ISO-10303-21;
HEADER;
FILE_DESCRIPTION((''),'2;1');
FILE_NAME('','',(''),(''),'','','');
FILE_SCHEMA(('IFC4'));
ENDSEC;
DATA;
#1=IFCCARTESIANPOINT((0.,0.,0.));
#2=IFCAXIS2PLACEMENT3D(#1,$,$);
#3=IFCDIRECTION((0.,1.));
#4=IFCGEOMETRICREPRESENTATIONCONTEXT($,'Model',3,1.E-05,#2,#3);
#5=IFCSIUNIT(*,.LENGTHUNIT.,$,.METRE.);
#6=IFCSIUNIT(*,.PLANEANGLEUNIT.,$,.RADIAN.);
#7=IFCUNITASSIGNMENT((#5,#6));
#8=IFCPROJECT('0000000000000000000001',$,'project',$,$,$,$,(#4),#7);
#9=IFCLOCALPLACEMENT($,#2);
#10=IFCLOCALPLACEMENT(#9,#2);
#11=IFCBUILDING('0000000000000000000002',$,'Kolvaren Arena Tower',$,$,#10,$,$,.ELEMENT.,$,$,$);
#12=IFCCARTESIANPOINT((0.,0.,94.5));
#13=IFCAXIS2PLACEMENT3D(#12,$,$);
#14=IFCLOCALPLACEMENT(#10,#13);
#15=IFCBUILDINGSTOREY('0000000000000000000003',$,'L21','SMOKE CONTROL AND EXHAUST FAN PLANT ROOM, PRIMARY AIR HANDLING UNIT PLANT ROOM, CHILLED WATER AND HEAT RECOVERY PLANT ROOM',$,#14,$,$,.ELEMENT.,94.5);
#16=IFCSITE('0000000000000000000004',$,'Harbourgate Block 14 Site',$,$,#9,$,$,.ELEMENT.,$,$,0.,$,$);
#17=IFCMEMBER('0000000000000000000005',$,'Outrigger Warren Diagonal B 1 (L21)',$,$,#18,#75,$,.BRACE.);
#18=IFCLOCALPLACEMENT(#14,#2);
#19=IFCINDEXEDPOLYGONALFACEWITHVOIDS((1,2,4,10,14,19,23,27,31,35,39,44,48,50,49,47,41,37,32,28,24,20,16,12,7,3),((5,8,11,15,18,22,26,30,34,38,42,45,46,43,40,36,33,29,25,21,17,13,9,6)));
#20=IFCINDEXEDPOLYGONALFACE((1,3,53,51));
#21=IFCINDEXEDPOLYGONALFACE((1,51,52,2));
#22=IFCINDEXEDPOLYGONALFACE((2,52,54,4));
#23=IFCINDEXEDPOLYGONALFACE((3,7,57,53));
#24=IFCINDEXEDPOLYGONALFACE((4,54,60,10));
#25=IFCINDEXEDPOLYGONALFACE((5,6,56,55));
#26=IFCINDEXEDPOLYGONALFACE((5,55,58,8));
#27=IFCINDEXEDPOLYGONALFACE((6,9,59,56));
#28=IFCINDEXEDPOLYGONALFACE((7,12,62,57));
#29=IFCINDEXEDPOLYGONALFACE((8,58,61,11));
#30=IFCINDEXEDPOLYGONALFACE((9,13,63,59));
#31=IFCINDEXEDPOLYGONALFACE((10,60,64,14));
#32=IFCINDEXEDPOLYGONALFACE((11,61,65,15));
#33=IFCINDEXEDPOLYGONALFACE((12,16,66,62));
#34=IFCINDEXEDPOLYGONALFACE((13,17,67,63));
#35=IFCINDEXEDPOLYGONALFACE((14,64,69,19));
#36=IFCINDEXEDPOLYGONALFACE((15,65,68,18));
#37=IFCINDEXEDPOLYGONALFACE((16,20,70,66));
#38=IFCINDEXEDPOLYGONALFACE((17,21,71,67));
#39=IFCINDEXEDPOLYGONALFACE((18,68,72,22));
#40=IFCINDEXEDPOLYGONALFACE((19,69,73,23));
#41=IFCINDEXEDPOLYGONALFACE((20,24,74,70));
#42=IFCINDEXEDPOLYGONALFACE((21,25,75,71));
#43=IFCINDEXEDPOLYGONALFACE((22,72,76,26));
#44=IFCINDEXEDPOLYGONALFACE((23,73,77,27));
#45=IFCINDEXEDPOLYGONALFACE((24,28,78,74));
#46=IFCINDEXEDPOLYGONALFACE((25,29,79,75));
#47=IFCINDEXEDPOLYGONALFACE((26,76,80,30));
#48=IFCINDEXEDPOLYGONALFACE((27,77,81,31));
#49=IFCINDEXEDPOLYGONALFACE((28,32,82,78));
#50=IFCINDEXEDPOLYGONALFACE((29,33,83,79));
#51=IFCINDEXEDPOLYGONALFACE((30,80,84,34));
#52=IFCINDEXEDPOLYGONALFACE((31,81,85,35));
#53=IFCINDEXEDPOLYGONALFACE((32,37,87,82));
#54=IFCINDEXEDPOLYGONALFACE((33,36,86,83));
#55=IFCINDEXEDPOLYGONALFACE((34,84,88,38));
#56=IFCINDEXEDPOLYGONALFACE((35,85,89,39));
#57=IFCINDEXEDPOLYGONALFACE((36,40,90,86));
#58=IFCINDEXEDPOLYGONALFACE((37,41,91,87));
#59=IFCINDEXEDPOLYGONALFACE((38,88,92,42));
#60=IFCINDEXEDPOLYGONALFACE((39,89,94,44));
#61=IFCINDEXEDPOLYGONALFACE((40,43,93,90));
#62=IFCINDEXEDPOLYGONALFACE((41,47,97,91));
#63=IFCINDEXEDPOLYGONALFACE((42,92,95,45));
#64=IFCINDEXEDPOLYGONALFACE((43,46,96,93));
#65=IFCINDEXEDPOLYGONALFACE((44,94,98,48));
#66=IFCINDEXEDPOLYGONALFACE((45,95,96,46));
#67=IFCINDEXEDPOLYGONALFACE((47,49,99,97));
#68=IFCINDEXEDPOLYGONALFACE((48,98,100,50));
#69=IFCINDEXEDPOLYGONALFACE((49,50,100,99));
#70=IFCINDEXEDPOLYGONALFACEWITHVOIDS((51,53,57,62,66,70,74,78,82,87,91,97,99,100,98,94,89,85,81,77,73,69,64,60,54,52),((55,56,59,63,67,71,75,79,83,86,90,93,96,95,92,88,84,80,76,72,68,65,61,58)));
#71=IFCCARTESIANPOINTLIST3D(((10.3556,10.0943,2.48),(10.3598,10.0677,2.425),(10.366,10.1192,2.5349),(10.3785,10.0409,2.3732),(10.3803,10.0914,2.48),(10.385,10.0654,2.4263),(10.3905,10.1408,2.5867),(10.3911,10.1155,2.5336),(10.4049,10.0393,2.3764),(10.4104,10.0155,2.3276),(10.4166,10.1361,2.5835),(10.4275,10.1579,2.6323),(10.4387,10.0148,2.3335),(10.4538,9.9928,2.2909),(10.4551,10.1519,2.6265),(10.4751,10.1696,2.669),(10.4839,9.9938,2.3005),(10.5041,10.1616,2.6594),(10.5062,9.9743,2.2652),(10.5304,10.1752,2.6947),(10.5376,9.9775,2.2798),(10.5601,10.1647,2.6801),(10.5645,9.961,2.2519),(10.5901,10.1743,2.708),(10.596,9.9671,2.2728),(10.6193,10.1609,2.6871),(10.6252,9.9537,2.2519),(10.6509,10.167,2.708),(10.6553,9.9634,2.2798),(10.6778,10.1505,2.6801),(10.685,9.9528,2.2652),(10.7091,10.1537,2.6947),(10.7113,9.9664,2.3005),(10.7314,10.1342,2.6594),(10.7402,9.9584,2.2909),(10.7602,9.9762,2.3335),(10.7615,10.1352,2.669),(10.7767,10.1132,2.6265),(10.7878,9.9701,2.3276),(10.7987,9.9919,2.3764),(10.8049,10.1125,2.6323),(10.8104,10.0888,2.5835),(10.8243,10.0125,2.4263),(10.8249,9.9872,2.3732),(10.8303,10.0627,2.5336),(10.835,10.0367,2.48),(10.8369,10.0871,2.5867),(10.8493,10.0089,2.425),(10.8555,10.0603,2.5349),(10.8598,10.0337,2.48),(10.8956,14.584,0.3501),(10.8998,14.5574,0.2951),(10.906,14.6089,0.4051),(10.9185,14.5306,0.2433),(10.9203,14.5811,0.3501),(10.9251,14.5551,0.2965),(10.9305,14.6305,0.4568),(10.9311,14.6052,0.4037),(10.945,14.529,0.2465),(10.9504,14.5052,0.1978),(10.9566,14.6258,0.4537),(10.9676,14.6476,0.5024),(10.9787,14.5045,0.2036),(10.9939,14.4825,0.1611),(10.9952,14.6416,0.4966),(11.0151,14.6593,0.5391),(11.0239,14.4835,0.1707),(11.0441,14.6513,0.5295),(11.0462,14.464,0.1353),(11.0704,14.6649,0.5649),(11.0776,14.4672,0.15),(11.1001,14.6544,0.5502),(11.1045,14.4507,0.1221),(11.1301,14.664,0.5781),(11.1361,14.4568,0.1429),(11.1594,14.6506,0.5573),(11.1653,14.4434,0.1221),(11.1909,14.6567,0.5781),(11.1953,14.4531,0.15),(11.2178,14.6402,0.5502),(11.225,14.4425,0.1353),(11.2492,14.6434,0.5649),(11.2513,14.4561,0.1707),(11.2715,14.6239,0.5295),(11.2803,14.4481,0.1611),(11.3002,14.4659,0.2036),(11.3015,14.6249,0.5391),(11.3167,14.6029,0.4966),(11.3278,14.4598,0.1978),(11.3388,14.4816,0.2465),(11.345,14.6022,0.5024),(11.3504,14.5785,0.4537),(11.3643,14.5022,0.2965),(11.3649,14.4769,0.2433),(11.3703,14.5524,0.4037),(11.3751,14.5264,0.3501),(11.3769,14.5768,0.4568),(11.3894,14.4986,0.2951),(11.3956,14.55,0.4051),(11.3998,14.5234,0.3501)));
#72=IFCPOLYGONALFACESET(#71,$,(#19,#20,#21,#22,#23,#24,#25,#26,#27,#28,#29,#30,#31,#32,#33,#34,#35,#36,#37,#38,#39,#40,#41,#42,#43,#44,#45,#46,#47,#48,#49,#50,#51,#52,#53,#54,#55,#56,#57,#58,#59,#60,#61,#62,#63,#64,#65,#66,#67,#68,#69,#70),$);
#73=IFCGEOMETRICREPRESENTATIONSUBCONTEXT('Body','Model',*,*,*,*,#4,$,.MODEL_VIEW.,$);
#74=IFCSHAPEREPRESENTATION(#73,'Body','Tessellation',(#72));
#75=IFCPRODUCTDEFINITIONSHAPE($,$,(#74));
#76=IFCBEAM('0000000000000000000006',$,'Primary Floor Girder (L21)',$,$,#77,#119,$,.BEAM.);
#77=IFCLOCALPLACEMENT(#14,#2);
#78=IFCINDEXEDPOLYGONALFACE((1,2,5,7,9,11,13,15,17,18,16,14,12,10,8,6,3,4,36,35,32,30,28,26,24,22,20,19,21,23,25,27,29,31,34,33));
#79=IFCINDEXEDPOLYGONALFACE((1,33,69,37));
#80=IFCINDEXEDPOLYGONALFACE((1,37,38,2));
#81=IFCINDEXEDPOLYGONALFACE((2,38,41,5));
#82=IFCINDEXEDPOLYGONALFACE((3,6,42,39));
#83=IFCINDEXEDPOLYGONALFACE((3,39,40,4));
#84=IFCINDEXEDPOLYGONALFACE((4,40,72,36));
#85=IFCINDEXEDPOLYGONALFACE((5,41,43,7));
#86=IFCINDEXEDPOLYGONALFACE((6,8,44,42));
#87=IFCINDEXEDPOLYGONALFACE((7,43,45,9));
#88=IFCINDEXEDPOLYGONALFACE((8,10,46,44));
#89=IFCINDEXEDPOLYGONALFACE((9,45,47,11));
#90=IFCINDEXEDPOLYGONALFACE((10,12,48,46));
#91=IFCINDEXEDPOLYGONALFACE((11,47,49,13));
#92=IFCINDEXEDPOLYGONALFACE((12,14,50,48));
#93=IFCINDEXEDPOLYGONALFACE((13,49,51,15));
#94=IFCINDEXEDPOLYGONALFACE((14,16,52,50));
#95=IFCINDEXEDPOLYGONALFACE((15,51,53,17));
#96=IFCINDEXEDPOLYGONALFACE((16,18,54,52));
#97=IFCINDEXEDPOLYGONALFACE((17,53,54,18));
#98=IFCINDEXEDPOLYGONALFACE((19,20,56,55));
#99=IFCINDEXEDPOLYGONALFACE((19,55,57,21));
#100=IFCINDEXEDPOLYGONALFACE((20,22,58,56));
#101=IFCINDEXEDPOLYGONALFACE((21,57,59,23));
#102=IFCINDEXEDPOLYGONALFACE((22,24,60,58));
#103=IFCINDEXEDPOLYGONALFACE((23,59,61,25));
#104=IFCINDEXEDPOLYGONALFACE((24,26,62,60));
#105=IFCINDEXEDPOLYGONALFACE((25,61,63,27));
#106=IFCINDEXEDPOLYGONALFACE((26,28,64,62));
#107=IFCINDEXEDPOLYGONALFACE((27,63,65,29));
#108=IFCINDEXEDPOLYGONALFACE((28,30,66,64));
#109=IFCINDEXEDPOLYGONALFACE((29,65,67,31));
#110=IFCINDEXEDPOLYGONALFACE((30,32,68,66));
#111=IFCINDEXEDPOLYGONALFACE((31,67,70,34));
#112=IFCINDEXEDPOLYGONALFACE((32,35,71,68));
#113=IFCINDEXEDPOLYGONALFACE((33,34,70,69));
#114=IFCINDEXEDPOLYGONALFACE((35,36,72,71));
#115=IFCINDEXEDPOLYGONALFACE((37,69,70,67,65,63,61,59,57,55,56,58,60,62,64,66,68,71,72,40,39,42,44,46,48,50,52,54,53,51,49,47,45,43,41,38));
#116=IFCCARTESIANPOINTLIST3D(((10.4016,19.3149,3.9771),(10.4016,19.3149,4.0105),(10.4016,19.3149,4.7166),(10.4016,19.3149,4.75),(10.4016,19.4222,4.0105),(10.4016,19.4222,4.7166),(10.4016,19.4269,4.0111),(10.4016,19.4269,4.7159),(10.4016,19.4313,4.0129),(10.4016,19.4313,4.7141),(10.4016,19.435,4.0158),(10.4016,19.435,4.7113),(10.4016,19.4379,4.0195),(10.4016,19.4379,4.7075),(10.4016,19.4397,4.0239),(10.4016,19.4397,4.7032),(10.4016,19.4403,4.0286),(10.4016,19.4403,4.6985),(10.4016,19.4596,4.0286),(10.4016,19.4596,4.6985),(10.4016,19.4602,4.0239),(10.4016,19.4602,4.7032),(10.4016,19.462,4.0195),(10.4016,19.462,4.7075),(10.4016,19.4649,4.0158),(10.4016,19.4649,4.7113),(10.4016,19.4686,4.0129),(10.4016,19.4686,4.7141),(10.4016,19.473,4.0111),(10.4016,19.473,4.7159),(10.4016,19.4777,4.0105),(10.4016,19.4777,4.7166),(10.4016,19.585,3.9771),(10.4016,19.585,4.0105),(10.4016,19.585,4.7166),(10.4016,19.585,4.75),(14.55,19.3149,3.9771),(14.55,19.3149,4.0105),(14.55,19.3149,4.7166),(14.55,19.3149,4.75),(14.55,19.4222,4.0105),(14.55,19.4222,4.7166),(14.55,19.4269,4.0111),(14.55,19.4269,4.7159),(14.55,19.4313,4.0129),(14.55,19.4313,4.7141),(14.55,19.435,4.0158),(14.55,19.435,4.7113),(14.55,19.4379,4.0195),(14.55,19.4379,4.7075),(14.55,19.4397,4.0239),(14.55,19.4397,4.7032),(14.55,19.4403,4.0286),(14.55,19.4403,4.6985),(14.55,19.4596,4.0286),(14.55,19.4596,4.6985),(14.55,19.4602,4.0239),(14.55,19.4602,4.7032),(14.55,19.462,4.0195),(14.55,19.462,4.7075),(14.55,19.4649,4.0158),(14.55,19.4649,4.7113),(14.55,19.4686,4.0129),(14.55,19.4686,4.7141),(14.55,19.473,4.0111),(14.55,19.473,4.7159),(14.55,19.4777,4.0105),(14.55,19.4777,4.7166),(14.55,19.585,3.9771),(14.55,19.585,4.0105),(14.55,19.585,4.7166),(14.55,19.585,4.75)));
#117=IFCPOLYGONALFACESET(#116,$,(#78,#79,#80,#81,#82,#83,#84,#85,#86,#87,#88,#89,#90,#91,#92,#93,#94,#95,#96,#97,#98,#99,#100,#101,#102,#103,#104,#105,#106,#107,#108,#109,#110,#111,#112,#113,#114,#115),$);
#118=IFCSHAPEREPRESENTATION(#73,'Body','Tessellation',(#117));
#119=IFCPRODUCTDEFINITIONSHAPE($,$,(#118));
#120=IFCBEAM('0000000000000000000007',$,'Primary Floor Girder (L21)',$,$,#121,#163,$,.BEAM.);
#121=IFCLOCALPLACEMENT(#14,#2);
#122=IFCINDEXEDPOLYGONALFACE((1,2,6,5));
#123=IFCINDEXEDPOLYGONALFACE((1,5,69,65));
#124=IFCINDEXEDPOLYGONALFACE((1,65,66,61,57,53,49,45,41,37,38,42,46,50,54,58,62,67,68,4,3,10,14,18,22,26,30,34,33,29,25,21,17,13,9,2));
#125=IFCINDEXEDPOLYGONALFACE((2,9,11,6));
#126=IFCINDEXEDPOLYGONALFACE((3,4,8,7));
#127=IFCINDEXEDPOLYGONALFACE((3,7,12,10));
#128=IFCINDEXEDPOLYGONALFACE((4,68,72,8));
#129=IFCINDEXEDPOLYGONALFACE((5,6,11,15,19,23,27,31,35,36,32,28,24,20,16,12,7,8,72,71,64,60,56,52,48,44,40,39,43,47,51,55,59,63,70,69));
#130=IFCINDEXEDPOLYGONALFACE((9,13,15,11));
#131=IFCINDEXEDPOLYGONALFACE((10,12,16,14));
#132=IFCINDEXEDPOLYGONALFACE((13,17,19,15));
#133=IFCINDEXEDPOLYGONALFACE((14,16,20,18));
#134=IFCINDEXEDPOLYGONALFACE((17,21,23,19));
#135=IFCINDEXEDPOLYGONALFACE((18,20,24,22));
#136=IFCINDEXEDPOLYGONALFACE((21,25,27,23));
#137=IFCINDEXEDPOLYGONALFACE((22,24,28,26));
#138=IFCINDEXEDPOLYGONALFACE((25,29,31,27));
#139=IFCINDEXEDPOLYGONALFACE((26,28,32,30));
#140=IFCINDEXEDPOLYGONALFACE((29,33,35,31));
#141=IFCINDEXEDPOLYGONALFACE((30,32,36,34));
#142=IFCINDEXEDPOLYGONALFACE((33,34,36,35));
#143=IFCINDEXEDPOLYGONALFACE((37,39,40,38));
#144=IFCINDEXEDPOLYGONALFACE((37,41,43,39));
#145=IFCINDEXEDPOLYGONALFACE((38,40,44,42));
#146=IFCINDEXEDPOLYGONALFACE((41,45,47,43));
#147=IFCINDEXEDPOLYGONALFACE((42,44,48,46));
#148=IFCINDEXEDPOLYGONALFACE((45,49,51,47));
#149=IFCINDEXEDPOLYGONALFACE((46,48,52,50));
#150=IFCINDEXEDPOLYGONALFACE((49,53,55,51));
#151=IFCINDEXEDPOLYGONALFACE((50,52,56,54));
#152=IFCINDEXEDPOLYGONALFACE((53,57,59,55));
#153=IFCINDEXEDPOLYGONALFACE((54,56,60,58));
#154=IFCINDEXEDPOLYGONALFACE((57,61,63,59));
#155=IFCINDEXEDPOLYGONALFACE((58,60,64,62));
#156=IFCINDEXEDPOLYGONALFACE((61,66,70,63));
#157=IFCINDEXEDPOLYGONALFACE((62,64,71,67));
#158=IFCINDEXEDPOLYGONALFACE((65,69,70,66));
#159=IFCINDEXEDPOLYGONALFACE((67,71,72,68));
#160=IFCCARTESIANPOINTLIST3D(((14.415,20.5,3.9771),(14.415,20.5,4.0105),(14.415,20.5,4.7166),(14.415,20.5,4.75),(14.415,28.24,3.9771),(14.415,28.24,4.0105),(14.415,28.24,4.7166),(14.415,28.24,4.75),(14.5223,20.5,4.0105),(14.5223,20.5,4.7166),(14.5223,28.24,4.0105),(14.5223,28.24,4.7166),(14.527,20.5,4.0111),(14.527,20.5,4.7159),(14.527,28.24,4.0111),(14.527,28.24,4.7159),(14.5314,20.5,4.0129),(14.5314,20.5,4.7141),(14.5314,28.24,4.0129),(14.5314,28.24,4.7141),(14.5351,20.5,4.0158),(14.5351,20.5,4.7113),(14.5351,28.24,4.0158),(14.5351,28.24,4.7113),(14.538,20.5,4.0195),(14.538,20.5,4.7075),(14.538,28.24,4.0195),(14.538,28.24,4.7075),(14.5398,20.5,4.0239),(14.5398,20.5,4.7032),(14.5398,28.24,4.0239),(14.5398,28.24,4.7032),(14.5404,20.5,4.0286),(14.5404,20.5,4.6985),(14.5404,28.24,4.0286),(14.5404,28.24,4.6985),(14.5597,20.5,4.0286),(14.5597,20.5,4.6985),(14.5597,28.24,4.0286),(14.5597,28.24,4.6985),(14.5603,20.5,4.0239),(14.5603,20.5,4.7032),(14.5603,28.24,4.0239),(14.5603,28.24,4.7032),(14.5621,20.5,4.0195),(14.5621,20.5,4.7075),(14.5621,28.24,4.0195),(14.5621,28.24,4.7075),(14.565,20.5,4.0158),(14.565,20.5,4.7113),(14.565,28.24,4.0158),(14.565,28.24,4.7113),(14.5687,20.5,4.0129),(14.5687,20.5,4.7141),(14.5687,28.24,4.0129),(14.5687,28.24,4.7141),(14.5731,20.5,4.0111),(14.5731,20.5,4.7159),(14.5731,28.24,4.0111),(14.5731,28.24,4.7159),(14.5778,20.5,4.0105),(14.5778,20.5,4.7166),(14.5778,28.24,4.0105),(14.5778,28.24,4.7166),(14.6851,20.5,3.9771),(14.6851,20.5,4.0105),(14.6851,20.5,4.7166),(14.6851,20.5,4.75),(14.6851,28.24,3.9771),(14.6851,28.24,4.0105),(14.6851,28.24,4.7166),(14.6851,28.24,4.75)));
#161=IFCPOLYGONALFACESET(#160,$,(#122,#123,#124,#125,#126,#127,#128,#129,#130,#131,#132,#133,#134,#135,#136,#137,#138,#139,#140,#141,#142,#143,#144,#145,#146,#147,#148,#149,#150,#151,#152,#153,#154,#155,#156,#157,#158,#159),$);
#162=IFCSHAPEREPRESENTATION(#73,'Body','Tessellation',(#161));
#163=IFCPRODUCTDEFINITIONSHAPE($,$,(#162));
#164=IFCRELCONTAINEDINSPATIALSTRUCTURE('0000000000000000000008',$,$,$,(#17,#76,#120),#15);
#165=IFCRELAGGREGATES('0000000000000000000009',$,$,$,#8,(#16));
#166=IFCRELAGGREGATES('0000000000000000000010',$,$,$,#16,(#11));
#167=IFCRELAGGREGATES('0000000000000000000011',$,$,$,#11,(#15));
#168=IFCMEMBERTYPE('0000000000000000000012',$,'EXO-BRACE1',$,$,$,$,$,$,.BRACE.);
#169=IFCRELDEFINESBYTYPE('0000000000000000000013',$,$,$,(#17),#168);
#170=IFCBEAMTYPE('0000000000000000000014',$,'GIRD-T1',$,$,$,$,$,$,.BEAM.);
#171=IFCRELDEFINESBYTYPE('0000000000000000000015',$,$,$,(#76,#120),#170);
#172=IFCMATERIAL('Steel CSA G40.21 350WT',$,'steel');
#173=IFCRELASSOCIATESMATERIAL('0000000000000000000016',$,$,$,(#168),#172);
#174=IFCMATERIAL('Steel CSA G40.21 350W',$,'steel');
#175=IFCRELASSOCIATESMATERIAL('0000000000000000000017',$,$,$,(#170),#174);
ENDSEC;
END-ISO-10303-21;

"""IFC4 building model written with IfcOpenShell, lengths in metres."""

from ifc_helpers import new_model, si_unit, direction, frame, origin, origin_2d, place, context, subcontext, project, spatial, hollow_circle, i_section, extrude, material, material_profile, profile_set, type_object, element, save


model = new_model("IFC4")

# Units and contexts
model_context = context("Model", 3, precision=1e-05, world=origin(), true_north=direction((0.0, 1.0)))
body_context = subcontext(model_context, "Body", "Model", "MODEL_VIEW")
ifc_project = project(units=[si_unit("LENGTHUNIT", "METRE"), si_unit("PLANEANGLEUNIT", "RADIAN")], contexts=[model_context])

# Site, building, storey
site_placement = place(None, origin())
site = spatial("IfcSite", under=ifc_project, at=site_placement, Name="Harbourgate Block 14 Site", CompositionType="ELEMENT", RefElevation=0.0)
building_placement = place(site_placement, origin())
building = spatial("IfcBuilding", under=site, at=building_placement, Name="Kolvaren Arena Tower", CompositionType="ELEMENT")
storey_placement = place(building_placement, frame((0.0, 0.0, 94.5)))
storey = spatial("IfcBuildingStorey", under=building, at=storey_placement, Name="L21", Description="SMOKE CONTROL AND EXHAUST FAN PLANT ROOM, PRIMARY AIR HANDLING UNIT PLANT ROOM, CHILLED WATER AND HEAT RECOVERY PLANT ROOM", CompositionType="ELEMENT", Elevation=94.5)

# Member
ifc_material_1 = material(Name="Steel CSA G40.21 350WT", Category="steel")
ifc_material_profile_1 = material_profile(ifc_material_1, hollow_circle(Radius=0.2539, WallThickness=0.0249, at=origin_2d()), Name="CHS 508x25")
ifc_profile_set_1 = profile_set([ifc_material_profile_1], Name="Steel CSA G40.21 350WT")
member_type_1 = type_object("IfcMemberType", Name="EXO-BRACE1", PredefinedType="BRACE", material=ifc_profile_set_1)
member_1_placement = place(storey_placement, frame((11.1477, 14.5537, 0.3501), z_axis=(-0.108038, -0.898203, 0.426097), x_axis=(0.992844, -0.119422, 0.0)))
element("IfcMember", 1, at=member_1_placement, inside=storey, type_object=member_type_1, Name="Outrigger Warren Diagonal B 1 (L21)", PredefinedType="BRACE", context=body_context, shape_type="SweptSolid", body=[
    extrude(hollow_circle(Radius=0.2539, WallThickness=0.0249, at=origin_2d()), origin(), (0.0, 0.0, 1.0), 4.9985),
])

# Beams
ifc_material_2 = material(Name="Steel CSA G40.21 350W", Category="steel")
ifc_material_profile_2 = material_profile(ifc_material_2, i_section(OverallWidth=0.27, OverallDepth=0.7729, WebThickness=0.0193, FlangeThickness=0.0334, FilletRadius=0.0181, at=origin_2d()), Name="W760x257")
ifc_profile_set_2 = profile_set([ifc_material_profile_2], Name="Steel CSA G40.21 350W")
beam_type_1 = type_object("IfcBeamType", Name="GIRD-T1", PredefinedType="BEAM", material=ifc_profile_set_2)
beam_1_placement = place(storey_placement, frame((10.4016, 19.45, 4.3635), z_axis=(1.0, 0.0, 0.0), x_axis=(0.0, 1.0, 0.0)))
element("IfcBeam", 2, at=beam_1_placement, inside=storey, type_object=beam_type_1, Name="Primary Floor Girder (L21)", PredefinedType="BEAM", context=body_context, shape_type="SweptSolid", body=[
    extrude(i_section(OverallWidth=0.27, OverallDepth=0.7729, WebThickness=0.0193, FlangeThickness=0.0334, FilletRadius=0.0181, at=origin_2d()), origin(), (0.0, 0.0, 1.0), 4.1484),
])
beam_2_placement = place(storey_placement, frame((14.55, 20.5, 4.3635), z_axis=(0.0, 1.0, 0.0), x_axis=(-1.0, 0.0, 0.0)))
element("IfcBeam", 3, at=beam_2_placement, inside=storey, type_object=beam_type_1, Name="Primary Floor Girder (L21)", PredefinedType="BEAM", context=body_context, shape_type="SweptSolid", body=[
    extrude(i_section(OverallWidth=0.27, OverallDepth=0.7729, WebThickness=0.0193, FlangeThickness=0.0334, FilletRadius=0.0181, at=origin_2d()), origin(), (0.0, 0.0, 1.0), 7.74),
])

save(model, "model.ifc")
